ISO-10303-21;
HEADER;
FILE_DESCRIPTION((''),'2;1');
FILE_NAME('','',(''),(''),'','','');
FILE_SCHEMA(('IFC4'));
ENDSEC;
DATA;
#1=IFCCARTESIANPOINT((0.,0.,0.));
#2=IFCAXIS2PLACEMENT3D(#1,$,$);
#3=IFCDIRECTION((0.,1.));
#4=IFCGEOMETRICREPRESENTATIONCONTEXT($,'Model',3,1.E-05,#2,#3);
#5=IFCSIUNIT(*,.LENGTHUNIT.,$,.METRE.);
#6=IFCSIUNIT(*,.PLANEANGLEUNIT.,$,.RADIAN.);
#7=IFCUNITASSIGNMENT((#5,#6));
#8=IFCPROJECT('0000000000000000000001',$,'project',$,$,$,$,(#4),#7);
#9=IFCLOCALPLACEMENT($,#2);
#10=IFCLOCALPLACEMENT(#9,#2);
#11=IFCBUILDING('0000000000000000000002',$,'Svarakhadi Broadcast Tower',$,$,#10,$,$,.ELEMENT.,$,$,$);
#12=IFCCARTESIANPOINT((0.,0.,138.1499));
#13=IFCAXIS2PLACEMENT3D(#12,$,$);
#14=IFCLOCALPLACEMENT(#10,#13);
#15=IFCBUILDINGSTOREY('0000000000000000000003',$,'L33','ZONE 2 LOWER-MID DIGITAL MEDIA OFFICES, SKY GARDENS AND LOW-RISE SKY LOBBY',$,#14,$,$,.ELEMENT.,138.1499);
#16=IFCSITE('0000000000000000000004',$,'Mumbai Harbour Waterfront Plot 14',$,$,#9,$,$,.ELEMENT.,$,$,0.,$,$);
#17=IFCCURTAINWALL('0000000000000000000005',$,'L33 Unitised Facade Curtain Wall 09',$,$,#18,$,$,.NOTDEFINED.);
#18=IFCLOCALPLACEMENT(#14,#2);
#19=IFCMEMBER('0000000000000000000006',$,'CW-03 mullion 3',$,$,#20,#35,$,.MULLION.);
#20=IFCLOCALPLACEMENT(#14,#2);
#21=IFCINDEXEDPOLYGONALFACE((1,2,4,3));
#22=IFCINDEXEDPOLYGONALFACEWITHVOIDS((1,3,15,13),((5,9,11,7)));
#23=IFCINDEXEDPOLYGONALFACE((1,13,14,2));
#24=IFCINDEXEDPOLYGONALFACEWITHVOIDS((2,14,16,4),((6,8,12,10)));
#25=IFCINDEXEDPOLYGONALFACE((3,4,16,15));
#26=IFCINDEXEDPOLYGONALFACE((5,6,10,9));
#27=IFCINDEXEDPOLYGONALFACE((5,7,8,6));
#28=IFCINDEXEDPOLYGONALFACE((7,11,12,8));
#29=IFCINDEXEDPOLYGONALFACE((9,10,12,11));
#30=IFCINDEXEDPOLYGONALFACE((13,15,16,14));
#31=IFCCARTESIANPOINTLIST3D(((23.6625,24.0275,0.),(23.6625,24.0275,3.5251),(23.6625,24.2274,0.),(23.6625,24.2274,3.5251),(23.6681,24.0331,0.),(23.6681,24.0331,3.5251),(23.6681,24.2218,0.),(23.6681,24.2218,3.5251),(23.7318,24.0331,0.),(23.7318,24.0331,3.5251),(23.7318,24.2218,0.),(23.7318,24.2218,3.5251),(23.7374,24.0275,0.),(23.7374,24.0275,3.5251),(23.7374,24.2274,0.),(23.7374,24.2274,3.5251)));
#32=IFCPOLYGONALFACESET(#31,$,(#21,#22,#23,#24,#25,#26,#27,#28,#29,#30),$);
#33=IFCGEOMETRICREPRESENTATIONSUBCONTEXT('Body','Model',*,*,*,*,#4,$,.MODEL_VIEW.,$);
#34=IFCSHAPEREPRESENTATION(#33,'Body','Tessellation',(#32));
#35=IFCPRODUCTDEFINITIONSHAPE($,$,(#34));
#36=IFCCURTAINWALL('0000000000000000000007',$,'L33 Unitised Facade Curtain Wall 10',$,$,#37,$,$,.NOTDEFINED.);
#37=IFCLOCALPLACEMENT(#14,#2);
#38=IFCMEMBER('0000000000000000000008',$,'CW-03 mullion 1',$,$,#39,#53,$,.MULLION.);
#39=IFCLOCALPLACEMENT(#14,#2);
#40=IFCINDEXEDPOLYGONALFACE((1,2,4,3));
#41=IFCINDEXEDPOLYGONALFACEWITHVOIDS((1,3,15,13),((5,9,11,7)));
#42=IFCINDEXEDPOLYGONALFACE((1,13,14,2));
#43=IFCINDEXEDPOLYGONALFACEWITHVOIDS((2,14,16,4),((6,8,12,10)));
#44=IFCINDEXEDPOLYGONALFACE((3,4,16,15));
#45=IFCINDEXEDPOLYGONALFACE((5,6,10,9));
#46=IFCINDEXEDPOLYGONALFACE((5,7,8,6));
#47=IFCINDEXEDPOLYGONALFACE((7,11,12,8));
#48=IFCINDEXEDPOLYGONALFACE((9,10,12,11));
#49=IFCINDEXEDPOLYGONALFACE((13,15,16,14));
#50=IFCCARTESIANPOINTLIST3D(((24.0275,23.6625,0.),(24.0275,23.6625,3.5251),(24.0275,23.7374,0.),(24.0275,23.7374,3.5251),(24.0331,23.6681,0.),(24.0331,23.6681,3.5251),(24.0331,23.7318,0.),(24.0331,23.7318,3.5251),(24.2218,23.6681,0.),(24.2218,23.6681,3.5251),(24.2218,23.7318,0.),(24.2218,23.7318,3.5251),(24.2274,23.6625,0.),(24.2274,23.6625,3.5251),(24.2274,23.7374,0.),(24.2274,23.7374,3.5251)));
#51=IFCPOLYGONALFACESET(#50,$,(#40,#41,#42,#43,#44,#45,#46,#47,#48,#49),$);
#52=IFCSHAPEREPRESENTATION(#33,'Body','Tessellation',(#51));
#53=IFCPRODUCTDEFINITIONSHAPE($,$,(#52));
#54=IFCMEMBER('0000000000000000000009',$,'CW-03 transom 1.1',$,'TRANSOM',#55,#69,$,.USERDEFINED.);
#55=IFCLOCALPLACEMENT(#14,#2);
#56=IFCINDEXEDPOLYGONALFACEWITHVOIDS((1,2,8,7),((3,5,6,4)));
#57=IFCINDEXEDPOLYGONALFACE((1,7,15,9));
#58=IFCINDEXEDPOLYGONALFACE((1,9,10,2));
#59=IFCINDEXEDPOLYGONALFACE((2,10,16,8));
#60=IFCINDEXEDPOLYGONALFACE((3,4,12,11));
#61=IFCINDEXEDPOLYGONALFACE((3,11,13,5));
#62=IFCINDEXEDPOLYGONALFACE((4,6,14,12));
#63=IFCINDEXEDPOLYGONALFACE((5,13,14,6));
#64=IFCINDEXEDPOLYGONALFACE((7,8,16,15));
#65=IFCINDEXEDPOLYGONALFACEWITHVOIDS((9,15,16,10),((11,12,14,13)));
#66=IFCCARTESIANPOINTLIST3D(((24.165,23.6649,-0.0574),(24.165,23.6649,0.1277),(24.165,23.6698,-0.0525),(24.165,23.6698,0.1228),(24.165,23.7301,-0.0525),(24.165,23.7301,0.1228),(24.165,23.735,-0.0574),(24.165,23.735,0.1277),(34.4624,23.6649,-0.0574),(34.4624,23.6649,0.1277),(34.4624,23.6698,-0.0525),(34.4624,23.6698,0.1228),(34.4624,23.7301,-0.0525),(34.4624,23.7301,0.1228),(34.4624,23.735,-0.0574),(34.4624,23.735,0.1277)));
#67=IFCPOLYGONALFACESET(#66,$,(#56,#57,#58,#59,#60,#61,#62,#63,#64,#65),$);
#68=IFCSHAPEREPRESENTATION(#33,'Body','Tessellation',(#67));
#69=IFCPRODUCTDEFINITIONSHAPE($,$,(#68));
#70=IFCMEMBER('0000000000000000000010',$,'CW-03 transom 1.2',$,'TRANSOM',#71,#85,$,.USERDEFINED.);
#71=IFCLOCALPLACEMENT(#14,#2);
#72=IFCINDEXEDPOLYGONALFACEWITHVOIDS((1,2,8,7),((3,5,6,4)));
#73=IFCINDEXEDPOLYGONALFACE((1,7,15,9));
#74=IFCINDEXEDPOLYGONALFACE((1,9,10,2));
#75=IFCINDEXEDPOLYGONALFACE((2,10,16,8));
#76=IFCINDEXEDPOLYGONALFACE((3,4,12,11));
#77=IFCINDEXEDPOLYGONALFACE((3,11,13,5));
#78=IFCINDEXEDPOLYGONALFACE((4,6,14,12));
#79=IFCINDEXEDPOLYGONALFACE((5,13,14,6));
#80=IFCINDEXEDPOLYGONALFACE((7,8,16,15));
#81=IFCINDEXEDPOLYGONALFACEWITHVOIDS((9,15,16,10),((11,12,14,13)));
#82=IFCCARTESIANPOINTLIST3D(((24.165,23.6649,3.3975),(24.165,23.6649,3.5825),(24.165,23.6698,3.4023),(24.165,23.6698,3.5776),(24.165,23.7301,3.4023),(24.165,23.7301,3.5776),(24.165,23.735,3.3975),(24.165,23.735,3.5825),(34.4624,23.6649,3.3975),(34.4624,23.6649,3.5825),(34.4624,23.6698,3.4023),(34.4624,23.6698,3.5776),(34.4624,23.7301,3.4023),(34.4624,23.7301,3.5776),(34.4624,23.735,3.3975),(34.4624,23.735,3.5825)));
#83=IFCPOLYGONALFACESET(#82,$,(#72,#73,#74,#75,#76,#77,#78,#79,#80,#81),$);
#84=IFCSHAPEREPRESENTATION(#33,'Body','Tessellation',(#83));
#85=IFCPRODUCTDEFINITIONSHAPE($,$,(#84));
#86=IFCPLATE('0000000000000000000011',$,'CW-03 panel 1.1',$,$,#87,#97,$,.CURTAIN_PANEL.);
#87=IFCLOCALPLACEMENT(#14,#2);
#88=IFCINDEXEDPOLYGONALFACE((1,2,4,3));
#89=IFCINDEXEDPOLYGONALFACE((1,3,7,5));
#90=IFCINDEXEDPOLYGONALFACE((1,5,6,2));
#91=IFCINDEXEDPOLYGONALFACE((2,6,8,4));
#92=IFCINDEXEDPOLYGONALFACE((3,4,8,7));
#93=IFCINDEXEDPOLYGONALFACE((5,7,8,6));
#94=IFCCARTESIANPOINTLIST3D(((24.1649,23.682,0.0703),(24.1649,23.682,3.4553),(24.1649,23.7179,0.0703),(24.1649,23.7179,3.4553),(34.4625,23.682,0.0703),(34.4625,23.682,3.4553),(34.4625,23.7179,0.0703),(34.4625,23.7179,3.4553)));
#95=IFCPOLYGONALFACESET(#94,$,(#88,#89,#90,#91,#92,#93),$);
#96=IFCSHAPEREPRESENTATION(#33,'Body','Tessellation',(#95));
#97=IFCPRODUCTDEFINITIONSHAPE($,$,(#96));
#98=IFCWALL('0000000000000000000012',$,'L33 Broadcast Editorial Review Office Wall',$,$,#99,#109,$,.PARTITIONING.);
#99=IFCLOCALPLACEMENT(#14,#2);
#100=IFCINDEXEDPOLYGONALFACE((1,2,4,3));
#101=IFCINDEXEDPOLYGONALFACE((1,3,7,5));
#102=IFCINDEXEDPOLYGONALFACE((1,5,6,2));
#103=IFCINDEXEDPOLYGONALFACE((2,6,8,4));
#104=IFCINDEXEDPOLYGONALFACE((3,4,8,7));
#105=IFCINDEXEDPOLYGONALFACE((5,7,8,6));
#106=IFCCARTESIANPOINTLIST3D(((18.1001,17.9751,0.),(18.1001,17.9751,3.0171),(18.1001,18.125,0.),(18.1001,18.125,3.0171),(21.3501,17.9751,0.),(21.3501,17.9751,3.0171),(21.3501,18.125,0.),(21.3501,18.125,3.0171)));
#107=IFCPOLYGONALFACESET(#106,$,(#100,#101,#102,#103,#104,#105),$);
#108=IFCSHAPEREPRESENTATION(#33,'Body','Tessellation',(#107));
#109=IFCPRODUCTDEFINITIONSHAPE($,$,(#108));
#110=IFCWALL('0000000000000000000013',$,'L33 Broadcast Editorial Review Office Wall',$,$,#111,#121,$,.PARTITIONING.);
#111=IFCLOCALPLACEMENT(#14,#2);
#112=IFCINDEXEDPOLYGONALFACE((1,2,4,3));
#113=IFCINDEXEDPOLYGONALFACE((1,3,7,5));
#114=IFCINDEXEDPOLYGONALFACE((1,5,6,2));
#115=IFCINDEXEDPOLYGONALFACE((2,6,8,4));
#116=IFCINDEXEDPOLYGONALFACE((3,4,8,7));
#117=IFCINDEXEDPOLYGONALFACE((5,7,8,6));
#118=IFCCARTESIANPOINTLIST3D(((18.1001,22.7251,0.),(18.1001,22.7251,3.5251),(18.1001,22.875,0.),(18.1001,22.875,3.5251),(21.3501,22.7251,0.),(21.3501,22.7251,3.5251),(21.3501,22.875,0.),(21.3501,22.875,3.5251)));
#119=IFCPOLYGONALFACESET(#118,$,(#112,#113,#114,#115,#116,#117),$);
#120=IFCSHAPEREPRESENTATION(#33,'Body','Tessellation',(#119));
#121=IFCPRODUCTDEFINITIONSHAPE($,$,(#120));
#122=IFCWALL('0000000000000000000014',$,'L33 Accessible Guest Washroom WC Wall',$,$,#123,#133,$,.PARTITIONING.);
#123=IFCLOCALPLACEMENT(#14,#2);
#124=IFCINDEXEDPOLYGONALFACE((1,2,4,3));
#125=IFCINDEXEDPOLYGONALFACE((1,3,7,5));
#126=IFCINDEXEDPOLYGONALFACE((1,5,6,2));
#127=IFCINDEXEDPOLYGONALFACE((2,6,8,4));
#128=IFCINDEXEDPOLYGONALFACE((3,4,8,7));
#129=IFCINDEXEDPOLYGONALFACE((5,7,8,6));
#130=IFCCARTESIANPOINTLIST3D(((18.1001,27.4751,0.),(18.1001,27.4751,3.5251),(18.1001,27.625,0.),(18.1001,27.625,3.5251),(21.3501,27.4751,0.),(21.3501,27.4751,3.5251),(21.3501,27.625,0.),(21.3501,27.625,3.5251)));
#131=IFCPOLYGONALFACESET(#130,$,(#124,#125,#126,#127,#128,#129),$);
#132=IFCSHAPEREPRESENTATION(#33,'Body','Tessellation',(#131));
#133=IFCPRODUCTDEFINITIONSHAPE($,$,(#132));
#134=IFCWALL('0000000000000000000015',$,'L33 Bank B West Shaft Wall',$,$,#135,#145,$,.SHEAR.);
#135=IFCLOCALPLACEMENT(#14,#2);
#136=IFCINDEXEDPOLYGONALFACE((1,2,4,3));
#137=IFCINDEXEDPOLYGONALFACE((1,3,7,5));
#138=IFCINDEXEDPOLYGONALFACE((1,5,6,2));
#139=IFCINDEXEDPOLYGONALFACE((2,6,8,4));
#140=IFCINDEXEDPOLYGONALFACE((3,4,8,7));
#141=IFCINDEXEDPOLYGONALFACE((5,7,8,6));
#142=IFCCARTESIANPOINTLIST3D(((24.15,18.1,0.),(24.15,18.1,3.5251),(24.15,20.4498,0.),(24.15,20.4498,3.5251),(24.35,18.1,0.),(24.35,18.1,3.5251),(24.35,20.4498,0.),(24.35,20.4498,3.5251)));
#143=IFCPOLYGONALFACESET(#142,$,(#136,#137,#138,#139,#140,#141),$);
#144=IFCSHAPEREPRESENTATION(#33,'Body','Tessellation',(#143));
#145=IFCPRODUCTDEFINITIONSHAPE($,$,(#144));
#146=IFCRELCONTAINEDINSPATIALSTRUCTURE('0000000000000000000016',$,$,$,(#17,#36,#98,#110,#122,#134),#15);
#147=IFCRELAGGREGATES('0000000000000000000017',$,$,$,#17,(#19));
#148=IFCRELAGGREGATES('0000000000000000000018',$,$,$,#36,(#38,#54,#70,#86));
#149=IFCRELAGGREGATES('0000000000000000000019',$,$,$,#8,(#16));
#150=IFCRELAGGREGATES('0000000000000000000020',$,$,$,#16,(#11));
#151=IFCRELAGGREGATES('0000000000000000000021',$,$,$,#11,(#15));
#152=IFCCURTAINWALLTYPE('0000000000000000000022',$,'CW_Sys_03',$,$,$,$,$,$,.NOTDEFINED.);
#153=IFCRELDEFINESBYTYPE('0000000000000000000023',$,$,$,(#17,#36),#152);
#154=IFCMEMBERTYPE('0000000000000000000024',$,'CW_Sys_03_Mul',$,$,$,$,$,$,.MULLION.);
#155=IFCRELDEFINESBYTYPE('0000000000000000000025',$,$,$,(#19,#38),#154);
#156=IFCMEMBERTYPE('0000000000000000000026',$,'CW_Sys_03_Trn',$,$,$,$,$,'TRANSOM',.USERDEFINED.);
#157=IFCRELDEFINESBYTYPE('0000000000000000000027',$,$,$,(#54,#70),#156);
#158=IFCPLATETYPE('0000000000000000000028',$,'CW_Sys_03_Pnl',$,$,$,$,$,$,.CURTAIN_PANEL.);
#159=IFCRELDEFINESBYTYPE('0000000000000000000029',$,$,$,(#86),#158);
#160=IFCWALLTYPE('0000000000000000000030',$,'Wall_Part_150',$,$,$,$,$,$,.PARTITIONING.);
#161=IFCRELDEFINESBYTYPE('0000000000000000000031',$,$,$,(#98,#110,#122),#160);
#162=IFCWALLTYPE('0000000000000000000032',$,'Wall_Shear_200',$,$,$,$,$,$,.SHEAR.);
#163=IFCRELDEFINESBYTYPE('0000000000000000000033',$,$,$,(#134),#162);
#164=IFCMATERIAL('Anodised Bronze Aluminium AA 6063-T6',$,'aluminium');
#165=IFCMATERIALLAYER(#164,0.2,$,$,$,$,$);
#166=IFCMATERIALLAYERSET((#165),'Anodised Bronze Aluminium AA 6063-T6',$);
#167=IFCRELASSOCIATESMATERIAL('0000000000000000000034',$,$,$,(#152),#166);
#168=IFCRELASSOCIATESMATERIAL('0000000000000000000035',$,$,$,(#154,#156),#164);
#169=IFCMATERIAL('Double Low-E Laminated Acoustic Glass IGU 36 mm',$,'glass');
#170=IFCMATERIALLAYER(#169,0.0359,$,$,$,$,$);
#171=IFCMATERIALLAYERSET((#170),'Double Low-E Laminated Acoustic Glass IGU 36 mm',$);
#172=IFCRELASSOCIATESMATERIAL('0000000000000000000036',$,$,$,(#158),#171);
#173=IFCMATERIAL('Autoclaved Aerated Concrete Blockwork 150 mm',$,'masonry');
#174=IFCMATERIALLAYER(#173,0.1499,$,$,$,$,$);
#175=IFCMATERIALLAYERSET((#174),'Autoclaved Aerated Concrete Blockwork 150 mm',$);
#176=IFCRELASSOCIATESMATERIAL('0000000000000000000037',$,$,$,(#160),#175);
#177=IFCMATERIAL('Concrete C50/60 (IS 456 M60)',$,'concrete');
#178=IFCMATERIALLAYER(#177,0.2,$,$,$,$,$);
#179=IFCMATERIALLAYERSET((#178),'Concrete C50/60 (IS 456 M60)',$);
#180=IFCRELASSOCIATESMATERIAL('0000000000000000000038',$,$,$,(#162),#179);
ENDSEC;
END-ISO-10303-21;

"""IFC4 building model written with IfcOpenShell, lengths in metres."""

from ifc_helpers import new_model, si_unit, direction, frame, frame_2d, origin, origin_2d, place, context, subcontext, project, spatial, rectangle, hollow_rectangle, extrude, material, layer, layer_set, material_profile, profile_set, type_object, element, aggregate, save


model = new_model("IFC4")

# Units and contexts
model_context = context("Model", 3, precision=1e-05, world=origin(), true_north=direction((0.0, 1.0)))
body_context = subcontext(model_context, "Body", "Model", "MODEL_VIEW")
ifc_project = project(units=[si_unit("LENGTHUNIT", "METRE"), si_unit("PLANEANGLEUNIT", "RADIAN")], contexts=[model_context])

# Site, building, storey
site_placement = place(None, origin())
site = spatial("IfcSite", under=ifc_project, at=site_placement, Name="Mumbai Harbour Waterfront Plot 14", CompositionType="ELEMENT", RefElevation=0.0)
building_placement = place(site_placement, origin())
building = spatial("IfcBuilding", under=site, at=building_placement, Name="Svarakhadi Broadcast Tower", CompositionType="ELEMENT")
storey_placement = place(building_placement, frame((0.0, 0.0, 138.1499)))
storey = spatial("IfcBuildingStorey", under=building, at=storey_placement, Name="L33", Description="ZONE 2 LOWER-MID DIGITAL MEDIA OFFICES, SKY GARDENS AND LOW-RISE SKY LOBBY", CompositionType="ELEMENT", Elevation=138.1499)

# Curtain wall, member
ifc_material_1 = material(Name="Anodised Bronze Aluminium AA 6063-T6", Category="aluminium")
ifc_layer_1 = layer(ifc_material_1, 0.2)
ifc_layer_set_1 = layer_set([ifc_layer_1], Name="Anodised Bronze Aluminium AA 6063-T6")
curtain_wall_type = type_object("IfcCurtainWallType", Name="CW_Sys_03", PredefinedType="NOTDEFINED", material=ifc_layer_set_1)
curtain_wall_1_placement = place(storey_placement, origin())
curtain_wall_1 = element("IfcCurtainWall", 1, at=curtain_wall_1_placement, inside=storey, type_object=curtain_wall_type, Name="L33 Unitised Facade Curtain Wall 09", PredefinedType="NOTDEFINED")
ifc_material_profile_1 = material_profile(ifc_material_1, hollow_rectangle(XDim=0.075, YDim=0.2, WallThickness=0.0056, at=origin_2d()), Name="ALU MULLION 200x75x6")
ifc_profile_set_1 = profile_set([ifc_material_profile_1], Name="Anodised Bronze Aluminium AA 6063-T6")
member_type_1 = type_object("IfcMemberType", Name="CW_Sys_03_Mul", PredefinedType="MULLION", material=ifc_profile_set_1)
member_1_placement = place(storey_placement, frame((23.7, 24.1274, 0.0), z_axis=(0.0, 0.0, 1.0), x_axis=(1.0, 0.0, 0.0)))
member_1 = element("IfcMember", 2, at=member_1_placement, type_object=member_type_1, Name="CW-03 mullion 3", PredefinedType="MULLION", context=body_context, shape_type="SweptSolid", body=[
    extrude(hollow_rectangle(XDim=0.075, YDim=0.2, WallThickness=0.0056, at=origin_2d()), origin(), (0.0, 0.0, 1.0), 3.5251),
])
aggregate(curtain_wall_1, [member_1])

# Curtain wall, members, plate
curtain_wall_2_placement = place(storey_placement, origin())
curtain_wall_2 = element("IfcCurtainWall", 3, at=curtain_wall_2_placement, inside=storey, type_object=curtain_wall_type, Name="L33 Unitised Facade Curtain Wall 10", PredefinedType="NOTDEFINED")
member_2_placement = place(storey_placement, frame((24.1274, 23.7, 0.0), z_axis=(0.0, 0.0, 1.0), x_axis=(0.0, 1.0, 0.0)))
member_2 = element("IfcMember", 4, at=member_2_placement, type_object=member_type_1, Name="CW-03 mullion 1", PredefinedType="MULLION", context=body_context, shape_type="SweptSolid", body=[
    extrude(hollow_rectangle(XDim=0.075, YDim=0.2, WallThickness=0.0056, at=origin_2d()), origin(), (0.0, 0.0, 1.0), 3.5251),
])
ifc_material_profile_2 = material_profile(ifc_material_1, hollow_rectangle(XDim=0.0701, YDim=0.1851, WallThickness=0.0049, at=origin_2d()), Name="ALU TRANSOM 185x70x5")
ifc_profile_set_2 = profile_set([ifc_material_profile_2], Name="Anodised Bronze Aluminium AA 6063-T6")
member_type_2 = type_object("IfcMemberType", Name="CW_Sys_03_Trn", ElementType="TRANSOM", PredefinedType="USERDEFINED", material=ifc_profile_set_2)
member_3_placement = place(storey_placement, frame((24.165, 23.7, 0.0352), z_axis=(1.0, 0.0, 0.0), x_axis=(0.0, 1.0, 0.0)))
member_3 = element("IfcMember", 5, at=member_3_placement, type_object=member_type_2, Name="CW-03 transom 1.1", ObjectType="TRANSOM", PredefinedType="USERDEFINED", context=body_context, shape_type="SweptSolid", body=[
    extrude(hollow_rectangle(XDim=0.0701, YDim=0.1851, WallThickness=0.0049, at=origin_2d()), origin(), (0.0, 0.0, 1.0), 10.2974),
])
member_4_placement = place(storey_placement, frame((24.165, 23.7, 3.49), z_axis=(1.0, 0.0, 0.0), x_axis=(0.0, 1.0, 0.0)))
member_4 = element("IfcMember", 6, at=member_4_placement, type_object=member_type_2, Name="CW-03 transom 1.2", ObjectType="TRANSOM", PredefinedType="USERDEFINED", context=body_context, shape_type="SweptSolid", body=[
    extrude(hollow_rectangle(XDim=0.0701, YDim=0.1851, WallThickness=0.0049, at=origin_2d()), origin(), (0.0, 0.0, 1.0), 10.2974),
])
ifc_material_2 = material(Name="Double Low-E Laminated Acoustic Glass IGU 36 mm", Category="glass")
ifc_layer_2 = layer(ifc_material_2, 0.0359)
ifc_layer_set_2 = layer_set([ifc_layer_2], Name="Double Low-E Laminated Acoustic Glass IGU 36 mm")
plate_type = type_object("IfcPlateType", Name="CW_Sys_03_Pnl", PredefinedType="CURTAIN_PANEL", material=ifc_layer_set_2)
plate_placement = place(storey_placement, frame((29.3137, 23.7, 0.0703), z_axis=(0.0, 0.0, 1.0), x_axis=(1.0, 0.0, 0.0)))
plate = element("IfcPlate", 7, at=plate_placement, type_object=plate_type, Name="CW-03 panel 1.1", PredefinedType="CURTAIN_PANEL", context=body_context, shape_type="SweptSolid", body=[
    extrude(rectangle(XDim=10.2976, YDim=0.0359, at=origin_2d()), origin(), (0.0, 0.0, 1.0), 3.385),
])
aggregate(curtain_wall_2, [member_2, member_3, member_4, plate])

# Walls
ifc_material_3 = material(Name="Autoclaved Aerated Concrete Blockwork 150 mm", Category="masonry")
ifc_layer_3 = layer(ifc_material_3, 0.1499)
ifc_layer_set_3 = layer_set([ifc_layer_3], Name="Autoclaved Aerated Concrete Blockwork 150 mm")
wall_type_1 = type_object("IfcWallType", Name="Wall_Part_150", PredefinedType="PARTITIONING", material=ifc_layer_set_3)
wall_1_placement = place(storey_placement, frame((18.1001, 18.05, 0.0), z_axis=(0.0, 0.0, 1.0), x_axis=(1.0, 0.0, 0.0)))
element("IfcWall", 8, at=wall_1_placement, inside=storey, type_object=wall_type_1, Name="L33 Broadcast Editorial Review Office Wall", PredefinedType="PARTITIONING", context=body_context, shape_type="SweptSolid", body=[
    extrude(rectangle(XDim=3.25, YDim=0.1499, at=frame_2d((1.625, 0.0))), origin(), (0.0, 0.0, 1.0), 3.0171),
])
for number, where, z_axis, x_axis, name in (
    (9, (18.1001, 22.8, 0.0), (0.0, 0.0, 1.0), (1.0, 0.0, 0.0), "L33 Broadcast Editorial Review Office Wall"),
    (10, (18.1001, 27.55, 0.0), (0.0, 0.0, 1.0), (1.0, 0.0, 0.0), "L33 Accessible Guest Washroom WC Wall"),
):
    element("IfcWall", number, at=place(storey_placement, frame(where, z_axis=z_axis, x_axis=x_axis)), inside=storey, type_object=wall_type_1, Name=name, PredefinedType="PARTITIONING", context=body_context, shape_type="SweptSolid", body=[
        extrude(rectangle(XDim=3.25, YDim=0.1499, at=frame_2d((1.625, 0.0))), origin(), (0.0, 0.0, 1.0), 3.5251),
    ])
ifc_material_4 = material(Name="Concrete C50/60 (IS 456 M60)", Category="concrete")
ifc_layer_4 = layer(ifc_material_4, 0.2)
ifc_layer_set_4 = layer_set([ifc_layer_4], Name="Concrete C50/60 (IS 456 M60)")
wall_type_2 = type_object("IfcWallType", Name="Wall_Shear_200", PredefinedType="SHEAR", material=ifc_layer_set_4)
wall_2_placement = place(storey_placement, frame((24.25, 18.1001, 0.0), z_axis=(0.0, 0.0, 1.0), x_axis=(0.0, 1.0, 0.0)))
element("IfcWall", 11, at=wall_2_placement, inside=storey, type_object=wall_type_2, Name="L33 Bank B West Shaft Wall", PredefinedType="SHEAR", context=body_context, shape_type="SweptSolid", body=[
    extrude(rectangle(XDim=2.3499, YDim=0.2, at=frame_2d((1.1748, 0.0))), origin(), (0.0, 0.0, 1.0), 3.5251),
])

save(model, "model.ifc")
